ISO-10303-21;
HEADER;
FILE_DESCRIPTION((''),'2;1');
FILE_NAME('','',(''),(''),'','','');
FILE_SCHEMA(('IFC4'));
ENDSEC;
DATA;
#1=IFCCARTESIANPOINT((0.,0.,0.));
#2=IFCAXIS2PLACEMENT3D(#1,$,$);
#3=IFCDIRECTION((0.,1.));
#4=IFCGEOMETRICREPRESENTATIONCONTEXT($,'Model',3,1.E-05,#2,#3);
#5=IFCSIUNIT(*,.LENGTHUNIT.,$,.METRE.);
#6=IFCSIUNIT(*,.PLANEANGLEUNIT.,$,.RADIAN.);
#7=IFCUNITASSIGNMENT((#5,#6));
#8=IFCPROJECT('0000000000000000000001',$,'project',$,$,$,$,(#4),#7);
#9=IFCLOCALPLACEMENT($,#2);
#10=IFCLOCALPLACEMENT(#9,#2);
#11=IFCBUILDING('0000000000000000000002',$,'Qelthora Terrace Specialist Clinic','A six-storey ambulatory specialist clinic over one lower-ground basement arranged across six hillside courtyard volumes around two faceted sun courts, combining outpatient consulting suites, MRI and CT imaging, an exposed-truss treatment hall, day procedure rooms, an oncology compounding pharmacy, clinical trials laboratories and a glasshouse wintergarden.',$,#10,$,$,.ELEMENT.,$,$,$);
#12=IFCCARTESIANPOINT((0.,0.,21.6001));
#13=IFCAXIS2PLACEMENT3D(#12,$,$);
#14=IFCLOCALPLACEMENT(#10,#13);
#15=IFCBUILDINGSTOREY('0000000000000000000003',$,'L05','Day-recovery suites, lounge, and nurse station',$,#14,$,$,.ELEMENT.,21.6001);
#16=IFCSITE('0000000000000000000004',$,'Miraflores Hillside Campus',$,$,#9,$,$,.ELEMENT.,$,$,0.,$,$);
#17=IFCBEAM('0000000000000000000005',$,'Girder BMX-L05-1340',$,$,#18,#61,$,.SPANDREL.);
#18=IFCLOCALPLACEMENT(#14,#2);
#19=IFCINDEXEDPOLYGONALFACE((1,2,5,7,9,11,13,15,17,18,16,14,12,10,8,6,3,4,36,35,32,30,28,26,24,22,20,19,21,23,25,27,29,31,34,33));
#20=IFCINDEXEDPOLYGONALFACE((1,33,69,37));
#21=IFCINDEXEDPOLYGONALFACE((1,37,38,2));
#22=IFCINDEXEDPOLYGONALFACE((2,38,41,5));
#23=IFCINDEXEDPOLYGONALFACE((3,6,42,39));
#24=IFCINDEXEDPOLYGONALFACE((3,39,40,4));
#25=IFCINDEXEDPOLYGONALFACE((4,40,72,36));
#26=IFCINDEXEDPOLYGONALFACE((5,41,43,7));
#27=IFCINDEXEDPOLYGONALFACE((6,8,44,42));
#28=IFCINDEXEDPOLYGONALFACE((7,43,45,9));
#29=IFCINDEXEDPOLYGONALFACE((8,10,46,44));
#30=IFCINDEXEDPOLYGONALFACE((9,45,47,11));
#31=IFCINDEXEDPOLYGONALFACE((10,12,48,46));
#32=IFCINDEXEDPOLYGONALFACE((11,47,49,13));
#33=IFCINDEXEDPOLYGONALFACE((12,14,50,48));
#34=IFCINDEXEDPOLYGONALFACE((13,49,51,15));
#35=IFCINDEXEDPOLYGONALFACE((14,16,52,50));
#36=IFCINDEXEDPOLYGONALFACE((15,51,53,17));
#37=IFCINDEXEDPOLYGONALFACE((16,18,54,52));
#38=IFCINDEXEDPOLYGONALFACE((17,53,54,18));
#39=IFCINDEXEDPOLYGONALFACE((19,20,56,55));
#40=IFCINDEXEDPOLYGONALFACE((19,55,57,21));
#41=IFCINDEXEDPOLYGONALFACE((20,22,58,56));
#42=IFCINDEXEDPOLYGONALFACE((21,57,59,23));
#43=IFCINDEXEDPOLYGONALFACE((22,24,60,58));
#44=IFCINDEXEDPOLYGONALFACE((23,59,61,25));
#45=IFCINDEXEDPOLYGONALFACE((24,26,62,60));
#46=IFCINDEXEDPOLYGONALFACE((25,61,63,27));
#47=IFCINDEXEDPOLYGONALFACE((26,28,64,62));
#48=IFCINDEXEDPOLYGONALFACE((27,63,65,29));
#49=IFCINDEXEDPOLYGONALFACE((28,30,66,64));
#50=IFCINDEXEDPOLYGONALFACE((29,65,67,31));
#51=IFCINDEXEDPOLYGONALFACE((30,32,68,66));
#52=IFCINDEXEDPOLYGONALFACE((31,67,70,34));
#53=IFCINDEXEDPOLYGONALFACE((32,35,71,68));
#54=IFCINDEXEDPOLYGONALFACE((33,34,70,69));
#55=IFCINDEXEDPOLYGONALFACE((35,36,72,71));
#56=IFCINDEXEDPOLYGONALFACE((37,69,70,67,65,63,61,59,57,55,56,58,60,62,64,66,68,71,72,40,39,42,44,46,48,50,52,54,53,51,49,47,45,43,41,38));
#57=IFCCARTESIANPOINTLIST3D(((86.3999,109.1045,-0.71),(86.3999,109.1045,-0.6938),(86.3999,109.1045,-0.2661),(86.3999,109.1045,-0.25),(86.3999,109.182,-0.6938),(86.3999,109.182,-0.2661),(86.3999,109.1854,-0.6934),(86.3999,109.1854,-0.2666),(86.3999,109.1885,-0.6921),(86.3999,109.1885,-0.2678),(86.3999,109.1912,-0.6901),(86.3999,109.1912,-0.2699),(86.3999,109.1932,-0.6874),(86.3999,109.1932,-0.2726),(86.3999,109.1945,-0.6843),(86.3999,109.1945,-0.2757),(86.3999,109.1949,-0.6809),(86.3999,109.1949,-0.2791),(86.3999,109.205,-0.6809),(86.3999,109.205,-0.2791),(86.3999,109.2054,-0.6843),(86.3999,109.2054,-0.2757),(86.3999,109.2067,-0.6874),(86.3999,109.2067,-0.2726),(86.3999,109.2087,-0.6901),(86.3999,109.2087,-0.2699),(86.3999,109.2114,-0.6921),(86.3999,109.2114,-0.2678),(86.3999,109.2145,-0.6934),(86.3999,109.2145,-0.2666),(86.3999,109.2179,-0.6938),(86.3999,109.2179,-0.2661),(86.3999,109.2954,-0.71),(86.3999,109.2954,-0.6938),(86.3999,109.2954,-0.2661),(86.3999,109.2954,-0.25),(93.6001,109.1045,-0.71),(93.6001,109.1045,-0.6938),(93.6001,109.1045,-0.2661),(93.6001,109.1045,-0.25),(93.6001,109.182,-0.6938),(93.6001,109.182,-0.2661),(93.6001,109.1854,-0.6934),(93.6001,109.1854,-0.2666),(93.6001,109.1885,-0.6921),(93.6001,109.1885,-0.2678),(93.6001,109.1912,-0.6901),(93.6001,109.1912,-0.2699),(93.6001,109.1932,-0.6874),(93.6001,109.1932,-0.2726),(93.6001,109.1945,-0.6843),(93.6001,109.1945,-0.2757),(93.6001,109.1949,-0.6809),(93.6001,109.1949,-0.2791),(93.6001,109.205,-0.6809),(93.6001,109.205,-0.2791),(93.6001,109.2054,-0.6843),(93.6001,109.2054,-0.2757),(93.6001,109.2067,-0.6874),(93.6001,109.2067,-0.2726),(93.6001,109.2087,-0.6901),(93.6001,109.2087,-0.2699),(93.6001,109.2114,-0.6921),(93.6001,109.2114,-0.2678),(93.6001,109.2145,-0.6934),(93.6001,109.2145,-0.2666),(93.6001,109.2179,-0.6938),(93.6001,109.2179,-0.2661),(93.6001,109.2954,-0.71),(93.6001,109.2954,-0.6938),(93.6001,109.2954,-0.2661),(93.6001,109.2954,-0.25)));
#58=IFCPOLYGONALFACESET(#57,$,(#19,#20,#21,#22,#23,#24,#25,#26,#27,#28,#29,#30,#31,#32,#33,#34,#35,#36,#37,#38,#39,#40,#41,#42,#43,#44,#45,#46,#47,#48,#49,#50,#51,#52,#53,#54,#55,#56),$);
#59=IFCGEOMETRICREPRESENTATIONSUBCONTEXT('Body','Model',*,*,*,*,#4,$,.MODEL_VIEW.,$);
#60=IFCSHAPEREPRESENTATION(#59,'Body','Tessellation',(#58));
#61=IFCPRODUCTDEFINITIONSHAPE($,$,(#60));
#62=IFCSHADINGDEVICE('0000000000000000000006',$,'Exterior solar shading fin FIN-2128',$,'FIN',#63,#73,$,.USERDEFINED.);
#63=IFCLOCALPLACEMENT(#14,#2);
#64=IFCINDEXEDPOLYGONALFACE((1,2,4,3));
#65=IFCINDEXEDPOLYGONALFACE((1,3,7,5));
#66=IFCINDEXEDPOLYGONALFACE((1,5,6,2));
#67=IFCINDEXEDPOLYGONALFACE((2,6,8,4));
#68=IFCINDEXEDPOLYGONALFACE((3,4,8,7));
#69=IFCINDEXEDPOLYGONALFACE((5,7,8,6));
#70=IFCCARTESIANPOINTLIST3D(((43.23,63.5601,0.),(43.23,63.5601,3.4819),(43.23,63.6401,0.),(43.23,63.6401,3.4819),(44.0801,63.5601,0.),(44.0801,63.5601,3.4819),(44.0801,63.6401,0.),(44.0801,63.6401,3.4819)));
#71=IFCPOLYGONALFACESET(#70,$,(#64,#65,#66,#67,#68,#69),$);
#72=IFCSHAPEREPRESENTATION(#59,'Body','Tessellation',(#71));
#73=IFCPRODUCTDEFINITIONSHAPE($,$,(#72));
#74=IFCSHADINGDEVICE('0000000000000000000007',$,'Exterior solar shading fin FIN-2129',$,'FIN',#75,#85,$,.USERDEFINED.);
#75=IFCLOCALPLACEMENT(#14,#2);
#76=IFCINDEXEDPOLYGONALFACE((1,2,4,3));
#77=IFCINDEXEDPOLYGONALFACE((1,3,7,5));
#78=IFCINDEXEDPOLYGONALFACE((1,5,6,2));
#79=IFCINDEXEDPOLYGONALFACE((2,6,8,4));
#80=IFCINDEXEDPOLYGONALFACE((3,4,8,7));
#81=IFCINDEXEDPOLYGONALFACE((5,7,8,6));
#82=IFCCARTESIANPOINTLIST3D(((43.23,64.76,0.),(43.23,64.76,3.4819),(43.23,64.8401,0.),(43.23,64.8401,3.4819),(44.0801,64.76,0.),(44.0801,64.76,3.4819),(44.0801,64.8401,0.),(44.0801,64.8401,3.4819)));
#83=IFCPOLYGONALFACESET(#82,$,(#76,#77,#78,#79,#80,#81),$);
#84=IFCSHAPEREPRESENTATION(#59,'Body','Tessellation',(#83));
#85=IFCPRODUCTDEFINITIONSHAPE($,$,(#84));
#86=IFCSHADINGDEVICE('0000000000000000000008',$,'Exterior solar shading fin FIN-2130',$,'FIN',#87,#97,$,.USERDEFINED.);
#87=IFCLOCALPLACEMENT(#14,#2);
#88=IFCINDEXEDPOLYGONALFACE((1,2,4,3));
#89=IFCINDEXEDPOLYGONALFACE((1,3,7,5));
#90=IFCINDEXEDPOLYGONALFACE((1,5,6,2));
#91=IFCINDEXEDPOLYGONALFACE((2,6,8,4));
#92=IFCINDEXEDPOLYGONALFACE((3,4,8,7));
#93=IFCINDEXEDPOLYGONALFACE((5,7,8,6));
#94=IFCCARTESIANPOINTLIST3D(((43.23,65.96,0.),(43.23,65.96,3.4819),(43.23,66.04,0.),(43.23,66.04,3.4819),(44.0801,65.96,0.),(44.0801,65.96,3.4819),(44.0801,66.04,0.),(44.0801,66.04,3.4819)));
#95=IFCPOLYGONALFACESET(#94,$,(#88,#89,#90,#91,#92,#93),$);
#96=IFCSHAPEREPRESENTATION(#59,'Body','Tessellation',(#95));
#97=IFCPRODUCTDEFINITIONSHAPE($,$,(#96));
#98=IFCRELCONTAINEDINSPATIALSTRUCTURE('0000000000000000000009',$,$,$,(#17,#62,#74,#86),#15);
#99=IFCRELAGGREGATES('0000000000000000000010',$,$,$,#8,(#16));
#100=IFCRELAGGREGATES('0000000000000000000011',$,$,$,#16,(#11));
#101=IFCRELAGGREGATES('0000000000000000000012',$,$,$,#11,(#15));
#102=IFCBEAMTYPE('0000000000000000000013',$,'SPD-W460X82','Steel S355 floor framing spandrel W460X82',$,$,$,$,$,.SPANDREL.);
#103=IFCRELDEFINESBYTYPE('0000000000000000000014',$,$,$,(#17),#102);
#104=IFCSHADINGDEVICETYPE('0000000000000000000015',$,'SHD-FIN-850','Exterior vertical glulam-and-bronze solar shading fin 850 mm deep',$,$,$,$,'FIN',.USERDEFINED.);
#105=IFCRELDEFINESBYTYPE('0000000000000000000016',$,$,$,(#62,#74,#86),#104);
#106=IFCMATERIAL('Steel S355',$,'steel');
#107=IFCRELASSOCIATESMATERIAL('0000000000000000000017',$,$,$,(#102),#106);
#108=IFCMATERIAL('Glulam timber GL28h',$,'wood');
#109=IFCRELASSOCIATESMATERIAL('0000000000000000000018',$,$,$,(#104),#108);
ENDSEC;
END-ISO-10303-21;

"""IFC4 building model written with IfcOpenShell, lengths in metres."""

from ifc_helpers import new_model, si_unit, direction, frame, origin, origin_2d, place, context, subcontext, project, spatial, rectangle, i_section, extrude, material, material_profile, profile_set, type_object, element, save


model = new_model("IFC4")

# Units and contexts
model_context = context("Model", 3, precision=1e-05, world=origin(), true_north=direction((0.0, 1.0)))
body_context = subcontext(model_context, "Body", "Model", "MODEL_VIEW")
ifc_project = project(units=[si_unit("LENGTHUNIT", "METRE"), si_unit("PLANEANGLEUNIT", "RADIAN")], contexts=[model_context])

# Site, building, storey
site_placement = place(None, origin())
site = spatial("IfcSite", under=ifc_project, at=site_placement, Name="Miraflores Hillside Campus", CompositionType="ELEMENT", RefElevation=0.0)
building_placement = place(site_placement, origin())
building = spatial("IfcBuilding", under=site, at=building_placement, Name="Qelthora Terrace Specialist Clinic", Description="A six-storey ambulatory specialist clinic over one lower-ground basement arranged across six hillside courtyard volumes around two faceted sun courts, combining outpatient consulting suites, MRI and CT imaging, an exposed-truss treatment hall, day procedure rooms, an oncology compounding pharmacy, clinical trials laboratories and a glasshouse wintergarden.", CompositionType="ELEMENT")
storey_placement = place(building_placement, frame((0.0, 0.0, 21.6001)))
storey = spatial("IfcBuildingStorey", under=building, at=storey_placement, Name="L05", Description="Day-recovery suites, lounge, and nurse station", CompositionType="ELEMENT", Elevation=21.6001)

# Beam
ifc_material_1 = material(Name="Steel S355", Category="steel")
ifc_material_profile_1 = material_profile(ifc_material_1, i_section(OverallWidth=0.1909, OverallDepth=0.46, WebThickness=0.01, FlangeThickness=0.0161, FilletRadius=0.0129, at=origin_2d()), Name="W460X82")
ifc_profile_set_1 = profile_set([ifc_material_profile_1], Name="Steel S355")
beam_type_1 = type_object("IfcBeamType", Name="SPD-W460X82", Description="Steel S355 floor framing spandrel W460X82", PredefinedType="SPANDREL", material=ifc_profile_set_1)
beam_1_placement = place(storey_placement, frame((86.3999, 109.2, -0.48), z_axis=(1.0, 0.0, 0.0), x_axis=(0.0, 1.0, 0.0)))
element("IfcBeam", 1, at=beam_1_placement, inside=storey, type_object=beam_type_1, Name="Girder BMX-L05-1340", PredefinedType="SPANDREL", context=body_context, shape_type="SweptSolid", body=[
    extrude(i_section(OverallWidth=0.1909, OverallDepth=0.46, WebThickness=0.01, FlangeThickness=0.0161, FilletRadius=0.0129, at=origin_2d()), origin(), (0.0, 0.0, 1.0), 7.2002),
])

# Shading devices
ifc_material_2 = material(Name="Glulam timber GL28h", Category="wood")
shading_device_type = type_object("IfcShadingDeviceType", Name="SHD-FIN-850", Description="Exterior vertical glulam-and-bronze solar shading fin 850 mm deep", ElementType="FIN", PredefinedType="USERDEFINED", material=ifc_material_2)
for number, where, z_axis, x_axis, name in (
    (2, (43.655, 63.6001, 0.0), (0.0, 0.0, 1.0), (1.0, 0.0, 0.0), "Exterior solar shading fin FIN-2128"),
    (3, (43.655, 64.8, 0.0), (0.0, 0.0, 1.0), (1.0, 0.0, 0.0), "Exterior solar shading fin FIN-2129"),
    (4, (43.655, 66.0, 0.0), (0.0, 0.0, 1.0), (1.0, 0.0, 0.0), "Exterior solar shading fin FIN-2130"),
):
    element("IfcShadingDevice", number, at=place(storey_placement, frame(where, z_axis=z_axis, x_axis=x_axis)), inside=storey, type_object=shading_device_type, Name=name, ObjectType="FIN", PredefinedType="USERDEFINED", context=body_context, shape_type="SweptSolid", body=[
        extrude(rectangle(XDim=0.8501, YDim=0.0801, at=origin_2d()), origin(), (0.0, 0.0, 1.0), 3.4819),
    ])

save(model, "model.ifc")
